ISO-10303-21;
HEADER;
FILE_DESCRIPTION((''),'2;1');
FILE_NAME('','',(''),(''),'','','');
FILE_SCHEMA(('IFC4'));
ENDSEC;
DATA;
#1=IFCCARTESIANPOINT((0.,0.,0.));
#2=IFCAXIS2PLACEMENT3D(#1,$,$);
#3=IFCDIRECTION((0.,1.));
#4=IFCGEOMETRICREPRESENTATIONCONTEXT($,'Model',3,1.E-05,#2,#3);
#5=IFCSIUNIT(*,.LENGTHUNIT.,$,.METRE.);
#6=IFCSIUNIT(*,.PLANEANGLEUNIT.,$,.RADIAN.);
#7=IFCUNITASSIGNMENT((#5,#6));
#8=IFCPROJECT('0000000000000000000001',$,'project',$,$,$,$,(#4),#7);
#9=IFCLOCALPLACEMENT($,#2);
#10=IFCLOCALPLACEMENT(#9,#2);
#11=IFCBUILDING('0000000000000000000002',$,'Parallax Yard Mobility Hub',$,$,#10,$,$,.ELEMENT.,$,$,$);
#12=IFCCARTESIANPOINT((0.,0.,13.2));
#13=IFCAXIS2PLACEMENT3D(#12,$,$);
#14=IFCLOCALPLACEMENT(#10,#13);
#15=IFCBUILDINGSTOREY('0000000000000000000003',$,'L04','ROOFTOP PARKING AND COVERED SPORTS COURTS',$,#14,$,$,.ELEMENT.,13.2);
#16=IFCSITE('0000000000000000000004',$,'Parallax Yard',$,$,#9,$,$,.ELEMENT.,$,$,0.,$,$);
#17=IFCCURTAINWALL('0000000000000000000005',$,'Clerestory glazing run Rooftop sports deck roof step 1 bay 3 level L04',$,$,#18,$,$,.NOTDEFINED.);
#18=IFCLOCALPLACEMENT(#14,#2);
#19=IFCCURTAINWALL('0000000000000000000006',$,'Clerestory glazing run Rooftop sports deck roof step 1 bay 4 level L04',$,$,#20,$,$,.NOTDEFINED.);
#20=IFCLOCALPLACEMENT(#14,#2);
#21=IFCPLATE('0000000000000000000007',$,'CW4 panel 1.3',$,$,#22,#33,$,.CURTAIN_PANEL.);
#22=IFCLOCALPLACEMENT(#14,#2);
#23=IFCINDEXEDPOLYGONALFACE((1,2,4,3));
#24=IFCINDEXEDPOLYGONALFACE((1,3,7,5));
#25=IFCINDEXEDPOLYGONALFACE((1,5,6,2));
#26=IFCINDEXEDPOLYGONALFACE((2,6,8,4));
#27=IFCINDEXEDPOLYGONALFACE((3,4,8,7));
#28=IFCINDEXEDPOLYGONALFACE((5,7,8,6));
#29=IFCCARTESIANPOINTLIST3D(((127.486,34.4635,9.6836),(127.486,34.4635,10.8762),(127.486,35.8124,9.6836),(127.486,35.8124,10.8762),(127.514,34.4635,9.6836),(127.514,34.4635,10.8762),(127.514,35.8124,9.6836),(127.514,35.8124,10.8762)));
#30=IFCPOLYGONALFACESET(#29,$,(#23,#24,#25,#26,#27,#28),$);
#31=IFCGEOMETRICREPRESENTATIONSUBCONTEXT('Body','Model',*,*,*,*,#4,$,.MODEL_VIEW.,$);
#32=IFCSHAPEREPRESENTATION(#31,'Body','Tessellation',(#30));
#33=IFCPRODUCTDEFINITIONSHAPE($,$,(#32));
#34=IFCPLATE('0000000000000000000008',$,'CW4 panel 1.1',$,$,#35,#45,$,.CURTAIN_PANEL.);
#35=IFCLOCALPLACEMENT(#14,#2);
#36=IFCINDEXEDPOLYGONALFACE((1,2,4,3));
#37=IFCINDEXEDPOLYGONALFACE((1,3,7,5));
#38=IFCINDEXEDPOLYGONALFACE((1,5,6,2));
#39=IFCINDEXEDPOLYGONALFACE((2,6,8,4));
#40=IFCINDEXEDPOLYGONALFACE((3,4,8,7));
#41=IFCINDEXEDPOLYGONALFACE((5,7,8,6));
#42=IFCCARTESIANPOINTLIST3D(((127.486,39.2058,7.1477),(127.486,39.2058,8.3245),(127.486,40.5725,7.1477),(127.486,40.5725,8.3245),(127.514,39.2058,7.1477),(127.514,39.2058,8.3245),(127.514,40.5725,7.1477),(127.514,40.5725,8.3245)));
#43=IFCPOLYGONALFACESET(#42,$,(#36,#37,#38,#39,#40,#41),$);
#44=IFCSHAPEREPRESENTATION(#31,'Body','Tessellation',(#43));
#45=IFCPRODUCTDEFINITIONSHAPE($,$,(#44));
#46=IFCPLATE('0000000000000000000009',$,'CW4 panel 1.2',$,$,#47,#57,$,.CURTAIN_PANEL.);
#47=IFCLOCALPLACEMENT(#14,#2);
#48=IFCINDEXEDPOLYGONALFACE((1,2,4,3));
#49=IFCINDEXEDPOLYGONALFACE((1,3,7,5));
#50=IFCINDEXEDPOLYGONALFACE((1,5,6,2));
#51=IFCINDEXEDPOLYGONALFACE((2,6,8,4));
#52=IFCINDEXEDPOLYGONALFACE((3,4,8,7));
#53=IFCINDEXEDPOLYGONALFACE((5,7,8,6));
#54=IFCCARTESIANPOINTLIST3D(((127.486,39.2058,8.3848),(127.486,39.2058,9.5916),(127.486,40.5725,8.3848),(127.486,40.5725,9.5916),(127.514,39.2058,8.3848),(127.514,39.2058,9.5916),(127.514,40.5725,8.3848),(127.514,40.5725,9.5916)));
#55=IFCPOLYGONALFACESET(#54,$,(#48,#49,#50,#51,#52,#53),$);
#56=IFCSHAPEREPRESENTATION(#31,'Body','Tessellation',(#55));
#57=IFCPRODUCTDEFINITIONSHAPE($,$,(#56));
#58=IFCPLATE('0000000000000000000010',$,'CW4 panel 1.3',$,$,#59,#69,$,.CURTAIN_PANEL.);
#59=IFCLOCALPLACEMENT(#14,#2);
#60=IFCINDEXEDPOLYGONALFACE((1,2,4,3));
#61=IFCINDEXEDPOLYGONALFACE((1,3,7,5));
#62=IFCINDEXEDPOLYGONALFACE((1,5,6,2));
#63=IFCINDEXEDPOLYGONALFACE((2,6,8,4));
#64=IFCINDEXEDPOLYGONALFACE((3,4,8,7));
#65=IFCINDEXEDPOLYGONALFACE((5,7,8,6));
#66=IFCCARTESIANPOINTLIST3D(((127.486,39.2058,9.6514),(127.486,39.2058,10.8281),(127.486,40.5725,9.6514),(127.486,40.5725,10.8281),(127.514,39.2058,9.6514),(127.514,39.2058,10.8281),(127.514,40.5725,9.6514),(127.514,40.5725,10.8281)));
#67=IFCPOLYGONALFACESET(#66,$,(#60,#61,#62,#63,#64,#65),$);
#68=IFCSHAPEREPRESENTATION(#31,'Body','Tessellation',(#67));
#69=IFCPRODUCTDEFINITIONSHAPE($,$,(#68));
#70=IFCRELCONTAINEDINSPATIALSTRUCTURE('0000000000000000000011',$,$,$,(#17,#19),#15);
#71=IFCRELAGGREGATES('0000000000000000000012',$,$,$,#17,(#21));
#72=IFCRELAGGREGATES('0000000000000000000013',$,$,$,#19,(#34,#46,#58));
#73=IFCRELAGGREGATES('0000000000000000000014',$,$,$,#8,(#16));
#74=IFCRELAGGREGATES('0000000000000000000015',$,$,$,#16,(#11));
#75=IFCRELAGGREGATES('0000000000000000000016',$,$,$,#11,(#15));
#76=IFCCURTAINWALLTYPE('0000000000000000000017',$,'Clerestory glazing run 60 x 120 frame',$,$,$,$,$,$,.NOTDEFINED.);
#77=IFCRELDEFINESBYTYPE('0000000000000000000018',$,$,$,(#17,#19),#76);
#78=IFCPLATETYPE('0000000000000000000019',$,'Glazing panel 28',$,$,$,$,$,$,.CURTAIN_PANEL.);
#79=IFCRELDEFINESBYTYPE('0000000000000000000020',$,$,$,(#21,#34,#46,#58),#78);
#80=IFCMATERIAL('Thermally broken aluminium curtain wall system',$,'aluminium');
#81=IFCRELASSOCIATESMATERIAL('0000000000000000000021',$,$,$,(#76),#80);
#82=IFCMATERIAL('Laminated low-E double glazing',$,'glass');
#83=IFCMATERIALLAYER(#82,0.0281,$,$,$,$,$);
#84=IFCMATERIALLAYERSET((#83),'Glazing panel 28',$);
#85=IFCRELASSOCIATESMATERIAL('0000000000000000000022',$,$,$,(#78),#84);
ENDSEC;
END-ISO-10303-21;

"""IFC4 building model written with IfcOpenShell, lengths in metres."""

from ifc_helpers import new_model, si_unit, direction, frame, origin, origin_2d, place, context, subcontext, project, spatial, rectangle, extrude, material, layer, layer_set, type_object, element, aggregate, save


model = new_model("IFC4")

# Units and contexts
model_context = context("Model", 3, precision=1e-05, world=origin(), true_north=direction((0.0, 1.0)))
body_context = subcontext(model_context, "Body", "Model", "MODEL_VIEW")
ifc_project = project(units=[si_unit("LENGTHUNIT", "METRE"), si_unit("PLANEANGLEUNIT", "RADIAN")], contexts=[model_context])

# Site, building, storey
site_placement = place(None, origin())
site = spatial("IfcSite", under=ifc_project, at=site_placement, Name="Parallax Yard", CompositionType="ELEMENT", RefElevation=0.0)
building_placement = place(site_placement, origin())
building = spatial("IfcBuilding", under=site, at=building_placement, Name="Parallax Yard Mobility Hub", CompositionType="ELEMENT")
storey_placement = place(building_placement, frame((0.0, 0.0, 13.2)))
storey = spatial("IfcBuildingStorey", under=building, at=storey_placement, Name="L04", Description="ROOFTOP PARKING AND COVERED SPORTS COURTS", CompositionType="ELEMENT", Elevation=13.2)

# Curtain walls
ifc_material_1 = material(Name="Thermally broken aluminium curtain wall system", Category="aluminium")
curtain_wall_type = type_object("IfcCurtainWallType", Name="Clerestory glazing run 60 x 120 frame", PredefinedType="NOTDEFINED", material=ifc_material_1)
curtain_wall_1_placement = place(storey_placement, origin())
curtain_wall_1 = element("IfcCurtainWall", 1, at=curtain_wall_1_placement, inside=storey, type_object=curtain_wall_type, Name="Clerestory glazing run Rooftop sports deck roof step 1 bay 3 level L04", PredefinedType="NOTDEFINED")
curtain_wall_2_placement = place(storey_placement, origin())
curtain_wall_2 = element("IfcCurtainWall", 2, at=curtain_wall_2_placement, inside=storey, type_object=curtain_wall_type, Name="Clerestory glazing run Rooftop sports deck roof step 1 bay 4 level L04", PredefinedType="NOTDEFINED")

# Plates
ifc_material_2 = material(Name="Laminated low-E double glazing", Category="glass")
ifc_layer = layer(ifc_material_2, 0.0281)
ifc_layer_set = layer_set([ifc_layer], Name="Glazing panel 28")
plate_type = type_object("IfcPlateType", Name="Glazing panel 28", PredefinedType="CURTAIN_PANEL", material=ifc_layer_set)
plate_1_placement = place(storey_placement, frame((127.5, 35.1379, 9.6836), z_axis=(0.0, 0.0, 1.0), x_axis=(0.0, 1.0, 0.0)))
plate_1 = element("IfcPlate", 3, at=plate_1_placement, type_object=plate_type, Name="CW4 panel 1.3", PredefinedType="CURTAIN_PANEL", context=body_context, shape_type="SweptSolid", body=[
    extrude(rectangle(XDim=1.3489, YDim=0.0281, at=origin_2d()), origin(), (0.0, 0.0, 1.0), 1.1926),
])
aggregate(curtain_wall_1, [plate_1])
plate_2_placement = place(storey_placement, frame((127.5, 39.8892, 7.1477), z_axis=(0.0, 0.0, 1.0), x_axis=(0.0, 1.0, 0.0)))
plate_2 = element("IfcPlate", 4, at=plate_2_placement, type_object=plate_type, Name="CW4 panel 1.1", PredefinedType="CURTAIN_PANEL", context=body_context, shape_type="SweptSolid", body=[
    extrude(rectangle(XDim=1.3667, YDim=0.0281, at=origin_2d()), origin(), (0.0, 0.0, 1.0), 1.1768),
])
plate_3_placement = place(storey_placement, frame((127.5, 39.8892, 8.3848), z_axis=(0.0, 0.0, 1.0), x_axis=(0.0, 1.0, 0.0)))
plate_3 = element("IfcPlate", 5, at=plate_3_placement, type_object=plate_type, Name="CW4 panel 1.2", PredefinedType="CURTAIN_PANEL", context=body_context, shape_type="SweptSolid", body=[
    extrude(rectangle(XDim=1.3667, YDim=0.0281, at=origin_2d()), origin(), (0.0, 0.0, 1.0), 1.2068),
])
plate_4_placement = place(storey_placement, frame((127.5, 39.8892, 9.6514), z_axis=(0.0, 0.0, 1.0), x_axis=(0.0, 1.0, 0.0)))
plate_4 = element("IfcPlate", 6, at=plate_4_placement, type_object=plate_type, Name="CW4 panel 1.3", PredefinedType="CURTAIN_PANEL", context=body_context, shape_type="SweptSolid", body=[
    extrude(rectangle(XDim=1.3667, YDim=0.0281, at=origin_2d()), origin(), (0.0, 0.0, 1.0), 1.1768),
])
aggregate(curtain_wall_2, [plate_2, plate_3, plate_4])

save(model, "model.ifc")
